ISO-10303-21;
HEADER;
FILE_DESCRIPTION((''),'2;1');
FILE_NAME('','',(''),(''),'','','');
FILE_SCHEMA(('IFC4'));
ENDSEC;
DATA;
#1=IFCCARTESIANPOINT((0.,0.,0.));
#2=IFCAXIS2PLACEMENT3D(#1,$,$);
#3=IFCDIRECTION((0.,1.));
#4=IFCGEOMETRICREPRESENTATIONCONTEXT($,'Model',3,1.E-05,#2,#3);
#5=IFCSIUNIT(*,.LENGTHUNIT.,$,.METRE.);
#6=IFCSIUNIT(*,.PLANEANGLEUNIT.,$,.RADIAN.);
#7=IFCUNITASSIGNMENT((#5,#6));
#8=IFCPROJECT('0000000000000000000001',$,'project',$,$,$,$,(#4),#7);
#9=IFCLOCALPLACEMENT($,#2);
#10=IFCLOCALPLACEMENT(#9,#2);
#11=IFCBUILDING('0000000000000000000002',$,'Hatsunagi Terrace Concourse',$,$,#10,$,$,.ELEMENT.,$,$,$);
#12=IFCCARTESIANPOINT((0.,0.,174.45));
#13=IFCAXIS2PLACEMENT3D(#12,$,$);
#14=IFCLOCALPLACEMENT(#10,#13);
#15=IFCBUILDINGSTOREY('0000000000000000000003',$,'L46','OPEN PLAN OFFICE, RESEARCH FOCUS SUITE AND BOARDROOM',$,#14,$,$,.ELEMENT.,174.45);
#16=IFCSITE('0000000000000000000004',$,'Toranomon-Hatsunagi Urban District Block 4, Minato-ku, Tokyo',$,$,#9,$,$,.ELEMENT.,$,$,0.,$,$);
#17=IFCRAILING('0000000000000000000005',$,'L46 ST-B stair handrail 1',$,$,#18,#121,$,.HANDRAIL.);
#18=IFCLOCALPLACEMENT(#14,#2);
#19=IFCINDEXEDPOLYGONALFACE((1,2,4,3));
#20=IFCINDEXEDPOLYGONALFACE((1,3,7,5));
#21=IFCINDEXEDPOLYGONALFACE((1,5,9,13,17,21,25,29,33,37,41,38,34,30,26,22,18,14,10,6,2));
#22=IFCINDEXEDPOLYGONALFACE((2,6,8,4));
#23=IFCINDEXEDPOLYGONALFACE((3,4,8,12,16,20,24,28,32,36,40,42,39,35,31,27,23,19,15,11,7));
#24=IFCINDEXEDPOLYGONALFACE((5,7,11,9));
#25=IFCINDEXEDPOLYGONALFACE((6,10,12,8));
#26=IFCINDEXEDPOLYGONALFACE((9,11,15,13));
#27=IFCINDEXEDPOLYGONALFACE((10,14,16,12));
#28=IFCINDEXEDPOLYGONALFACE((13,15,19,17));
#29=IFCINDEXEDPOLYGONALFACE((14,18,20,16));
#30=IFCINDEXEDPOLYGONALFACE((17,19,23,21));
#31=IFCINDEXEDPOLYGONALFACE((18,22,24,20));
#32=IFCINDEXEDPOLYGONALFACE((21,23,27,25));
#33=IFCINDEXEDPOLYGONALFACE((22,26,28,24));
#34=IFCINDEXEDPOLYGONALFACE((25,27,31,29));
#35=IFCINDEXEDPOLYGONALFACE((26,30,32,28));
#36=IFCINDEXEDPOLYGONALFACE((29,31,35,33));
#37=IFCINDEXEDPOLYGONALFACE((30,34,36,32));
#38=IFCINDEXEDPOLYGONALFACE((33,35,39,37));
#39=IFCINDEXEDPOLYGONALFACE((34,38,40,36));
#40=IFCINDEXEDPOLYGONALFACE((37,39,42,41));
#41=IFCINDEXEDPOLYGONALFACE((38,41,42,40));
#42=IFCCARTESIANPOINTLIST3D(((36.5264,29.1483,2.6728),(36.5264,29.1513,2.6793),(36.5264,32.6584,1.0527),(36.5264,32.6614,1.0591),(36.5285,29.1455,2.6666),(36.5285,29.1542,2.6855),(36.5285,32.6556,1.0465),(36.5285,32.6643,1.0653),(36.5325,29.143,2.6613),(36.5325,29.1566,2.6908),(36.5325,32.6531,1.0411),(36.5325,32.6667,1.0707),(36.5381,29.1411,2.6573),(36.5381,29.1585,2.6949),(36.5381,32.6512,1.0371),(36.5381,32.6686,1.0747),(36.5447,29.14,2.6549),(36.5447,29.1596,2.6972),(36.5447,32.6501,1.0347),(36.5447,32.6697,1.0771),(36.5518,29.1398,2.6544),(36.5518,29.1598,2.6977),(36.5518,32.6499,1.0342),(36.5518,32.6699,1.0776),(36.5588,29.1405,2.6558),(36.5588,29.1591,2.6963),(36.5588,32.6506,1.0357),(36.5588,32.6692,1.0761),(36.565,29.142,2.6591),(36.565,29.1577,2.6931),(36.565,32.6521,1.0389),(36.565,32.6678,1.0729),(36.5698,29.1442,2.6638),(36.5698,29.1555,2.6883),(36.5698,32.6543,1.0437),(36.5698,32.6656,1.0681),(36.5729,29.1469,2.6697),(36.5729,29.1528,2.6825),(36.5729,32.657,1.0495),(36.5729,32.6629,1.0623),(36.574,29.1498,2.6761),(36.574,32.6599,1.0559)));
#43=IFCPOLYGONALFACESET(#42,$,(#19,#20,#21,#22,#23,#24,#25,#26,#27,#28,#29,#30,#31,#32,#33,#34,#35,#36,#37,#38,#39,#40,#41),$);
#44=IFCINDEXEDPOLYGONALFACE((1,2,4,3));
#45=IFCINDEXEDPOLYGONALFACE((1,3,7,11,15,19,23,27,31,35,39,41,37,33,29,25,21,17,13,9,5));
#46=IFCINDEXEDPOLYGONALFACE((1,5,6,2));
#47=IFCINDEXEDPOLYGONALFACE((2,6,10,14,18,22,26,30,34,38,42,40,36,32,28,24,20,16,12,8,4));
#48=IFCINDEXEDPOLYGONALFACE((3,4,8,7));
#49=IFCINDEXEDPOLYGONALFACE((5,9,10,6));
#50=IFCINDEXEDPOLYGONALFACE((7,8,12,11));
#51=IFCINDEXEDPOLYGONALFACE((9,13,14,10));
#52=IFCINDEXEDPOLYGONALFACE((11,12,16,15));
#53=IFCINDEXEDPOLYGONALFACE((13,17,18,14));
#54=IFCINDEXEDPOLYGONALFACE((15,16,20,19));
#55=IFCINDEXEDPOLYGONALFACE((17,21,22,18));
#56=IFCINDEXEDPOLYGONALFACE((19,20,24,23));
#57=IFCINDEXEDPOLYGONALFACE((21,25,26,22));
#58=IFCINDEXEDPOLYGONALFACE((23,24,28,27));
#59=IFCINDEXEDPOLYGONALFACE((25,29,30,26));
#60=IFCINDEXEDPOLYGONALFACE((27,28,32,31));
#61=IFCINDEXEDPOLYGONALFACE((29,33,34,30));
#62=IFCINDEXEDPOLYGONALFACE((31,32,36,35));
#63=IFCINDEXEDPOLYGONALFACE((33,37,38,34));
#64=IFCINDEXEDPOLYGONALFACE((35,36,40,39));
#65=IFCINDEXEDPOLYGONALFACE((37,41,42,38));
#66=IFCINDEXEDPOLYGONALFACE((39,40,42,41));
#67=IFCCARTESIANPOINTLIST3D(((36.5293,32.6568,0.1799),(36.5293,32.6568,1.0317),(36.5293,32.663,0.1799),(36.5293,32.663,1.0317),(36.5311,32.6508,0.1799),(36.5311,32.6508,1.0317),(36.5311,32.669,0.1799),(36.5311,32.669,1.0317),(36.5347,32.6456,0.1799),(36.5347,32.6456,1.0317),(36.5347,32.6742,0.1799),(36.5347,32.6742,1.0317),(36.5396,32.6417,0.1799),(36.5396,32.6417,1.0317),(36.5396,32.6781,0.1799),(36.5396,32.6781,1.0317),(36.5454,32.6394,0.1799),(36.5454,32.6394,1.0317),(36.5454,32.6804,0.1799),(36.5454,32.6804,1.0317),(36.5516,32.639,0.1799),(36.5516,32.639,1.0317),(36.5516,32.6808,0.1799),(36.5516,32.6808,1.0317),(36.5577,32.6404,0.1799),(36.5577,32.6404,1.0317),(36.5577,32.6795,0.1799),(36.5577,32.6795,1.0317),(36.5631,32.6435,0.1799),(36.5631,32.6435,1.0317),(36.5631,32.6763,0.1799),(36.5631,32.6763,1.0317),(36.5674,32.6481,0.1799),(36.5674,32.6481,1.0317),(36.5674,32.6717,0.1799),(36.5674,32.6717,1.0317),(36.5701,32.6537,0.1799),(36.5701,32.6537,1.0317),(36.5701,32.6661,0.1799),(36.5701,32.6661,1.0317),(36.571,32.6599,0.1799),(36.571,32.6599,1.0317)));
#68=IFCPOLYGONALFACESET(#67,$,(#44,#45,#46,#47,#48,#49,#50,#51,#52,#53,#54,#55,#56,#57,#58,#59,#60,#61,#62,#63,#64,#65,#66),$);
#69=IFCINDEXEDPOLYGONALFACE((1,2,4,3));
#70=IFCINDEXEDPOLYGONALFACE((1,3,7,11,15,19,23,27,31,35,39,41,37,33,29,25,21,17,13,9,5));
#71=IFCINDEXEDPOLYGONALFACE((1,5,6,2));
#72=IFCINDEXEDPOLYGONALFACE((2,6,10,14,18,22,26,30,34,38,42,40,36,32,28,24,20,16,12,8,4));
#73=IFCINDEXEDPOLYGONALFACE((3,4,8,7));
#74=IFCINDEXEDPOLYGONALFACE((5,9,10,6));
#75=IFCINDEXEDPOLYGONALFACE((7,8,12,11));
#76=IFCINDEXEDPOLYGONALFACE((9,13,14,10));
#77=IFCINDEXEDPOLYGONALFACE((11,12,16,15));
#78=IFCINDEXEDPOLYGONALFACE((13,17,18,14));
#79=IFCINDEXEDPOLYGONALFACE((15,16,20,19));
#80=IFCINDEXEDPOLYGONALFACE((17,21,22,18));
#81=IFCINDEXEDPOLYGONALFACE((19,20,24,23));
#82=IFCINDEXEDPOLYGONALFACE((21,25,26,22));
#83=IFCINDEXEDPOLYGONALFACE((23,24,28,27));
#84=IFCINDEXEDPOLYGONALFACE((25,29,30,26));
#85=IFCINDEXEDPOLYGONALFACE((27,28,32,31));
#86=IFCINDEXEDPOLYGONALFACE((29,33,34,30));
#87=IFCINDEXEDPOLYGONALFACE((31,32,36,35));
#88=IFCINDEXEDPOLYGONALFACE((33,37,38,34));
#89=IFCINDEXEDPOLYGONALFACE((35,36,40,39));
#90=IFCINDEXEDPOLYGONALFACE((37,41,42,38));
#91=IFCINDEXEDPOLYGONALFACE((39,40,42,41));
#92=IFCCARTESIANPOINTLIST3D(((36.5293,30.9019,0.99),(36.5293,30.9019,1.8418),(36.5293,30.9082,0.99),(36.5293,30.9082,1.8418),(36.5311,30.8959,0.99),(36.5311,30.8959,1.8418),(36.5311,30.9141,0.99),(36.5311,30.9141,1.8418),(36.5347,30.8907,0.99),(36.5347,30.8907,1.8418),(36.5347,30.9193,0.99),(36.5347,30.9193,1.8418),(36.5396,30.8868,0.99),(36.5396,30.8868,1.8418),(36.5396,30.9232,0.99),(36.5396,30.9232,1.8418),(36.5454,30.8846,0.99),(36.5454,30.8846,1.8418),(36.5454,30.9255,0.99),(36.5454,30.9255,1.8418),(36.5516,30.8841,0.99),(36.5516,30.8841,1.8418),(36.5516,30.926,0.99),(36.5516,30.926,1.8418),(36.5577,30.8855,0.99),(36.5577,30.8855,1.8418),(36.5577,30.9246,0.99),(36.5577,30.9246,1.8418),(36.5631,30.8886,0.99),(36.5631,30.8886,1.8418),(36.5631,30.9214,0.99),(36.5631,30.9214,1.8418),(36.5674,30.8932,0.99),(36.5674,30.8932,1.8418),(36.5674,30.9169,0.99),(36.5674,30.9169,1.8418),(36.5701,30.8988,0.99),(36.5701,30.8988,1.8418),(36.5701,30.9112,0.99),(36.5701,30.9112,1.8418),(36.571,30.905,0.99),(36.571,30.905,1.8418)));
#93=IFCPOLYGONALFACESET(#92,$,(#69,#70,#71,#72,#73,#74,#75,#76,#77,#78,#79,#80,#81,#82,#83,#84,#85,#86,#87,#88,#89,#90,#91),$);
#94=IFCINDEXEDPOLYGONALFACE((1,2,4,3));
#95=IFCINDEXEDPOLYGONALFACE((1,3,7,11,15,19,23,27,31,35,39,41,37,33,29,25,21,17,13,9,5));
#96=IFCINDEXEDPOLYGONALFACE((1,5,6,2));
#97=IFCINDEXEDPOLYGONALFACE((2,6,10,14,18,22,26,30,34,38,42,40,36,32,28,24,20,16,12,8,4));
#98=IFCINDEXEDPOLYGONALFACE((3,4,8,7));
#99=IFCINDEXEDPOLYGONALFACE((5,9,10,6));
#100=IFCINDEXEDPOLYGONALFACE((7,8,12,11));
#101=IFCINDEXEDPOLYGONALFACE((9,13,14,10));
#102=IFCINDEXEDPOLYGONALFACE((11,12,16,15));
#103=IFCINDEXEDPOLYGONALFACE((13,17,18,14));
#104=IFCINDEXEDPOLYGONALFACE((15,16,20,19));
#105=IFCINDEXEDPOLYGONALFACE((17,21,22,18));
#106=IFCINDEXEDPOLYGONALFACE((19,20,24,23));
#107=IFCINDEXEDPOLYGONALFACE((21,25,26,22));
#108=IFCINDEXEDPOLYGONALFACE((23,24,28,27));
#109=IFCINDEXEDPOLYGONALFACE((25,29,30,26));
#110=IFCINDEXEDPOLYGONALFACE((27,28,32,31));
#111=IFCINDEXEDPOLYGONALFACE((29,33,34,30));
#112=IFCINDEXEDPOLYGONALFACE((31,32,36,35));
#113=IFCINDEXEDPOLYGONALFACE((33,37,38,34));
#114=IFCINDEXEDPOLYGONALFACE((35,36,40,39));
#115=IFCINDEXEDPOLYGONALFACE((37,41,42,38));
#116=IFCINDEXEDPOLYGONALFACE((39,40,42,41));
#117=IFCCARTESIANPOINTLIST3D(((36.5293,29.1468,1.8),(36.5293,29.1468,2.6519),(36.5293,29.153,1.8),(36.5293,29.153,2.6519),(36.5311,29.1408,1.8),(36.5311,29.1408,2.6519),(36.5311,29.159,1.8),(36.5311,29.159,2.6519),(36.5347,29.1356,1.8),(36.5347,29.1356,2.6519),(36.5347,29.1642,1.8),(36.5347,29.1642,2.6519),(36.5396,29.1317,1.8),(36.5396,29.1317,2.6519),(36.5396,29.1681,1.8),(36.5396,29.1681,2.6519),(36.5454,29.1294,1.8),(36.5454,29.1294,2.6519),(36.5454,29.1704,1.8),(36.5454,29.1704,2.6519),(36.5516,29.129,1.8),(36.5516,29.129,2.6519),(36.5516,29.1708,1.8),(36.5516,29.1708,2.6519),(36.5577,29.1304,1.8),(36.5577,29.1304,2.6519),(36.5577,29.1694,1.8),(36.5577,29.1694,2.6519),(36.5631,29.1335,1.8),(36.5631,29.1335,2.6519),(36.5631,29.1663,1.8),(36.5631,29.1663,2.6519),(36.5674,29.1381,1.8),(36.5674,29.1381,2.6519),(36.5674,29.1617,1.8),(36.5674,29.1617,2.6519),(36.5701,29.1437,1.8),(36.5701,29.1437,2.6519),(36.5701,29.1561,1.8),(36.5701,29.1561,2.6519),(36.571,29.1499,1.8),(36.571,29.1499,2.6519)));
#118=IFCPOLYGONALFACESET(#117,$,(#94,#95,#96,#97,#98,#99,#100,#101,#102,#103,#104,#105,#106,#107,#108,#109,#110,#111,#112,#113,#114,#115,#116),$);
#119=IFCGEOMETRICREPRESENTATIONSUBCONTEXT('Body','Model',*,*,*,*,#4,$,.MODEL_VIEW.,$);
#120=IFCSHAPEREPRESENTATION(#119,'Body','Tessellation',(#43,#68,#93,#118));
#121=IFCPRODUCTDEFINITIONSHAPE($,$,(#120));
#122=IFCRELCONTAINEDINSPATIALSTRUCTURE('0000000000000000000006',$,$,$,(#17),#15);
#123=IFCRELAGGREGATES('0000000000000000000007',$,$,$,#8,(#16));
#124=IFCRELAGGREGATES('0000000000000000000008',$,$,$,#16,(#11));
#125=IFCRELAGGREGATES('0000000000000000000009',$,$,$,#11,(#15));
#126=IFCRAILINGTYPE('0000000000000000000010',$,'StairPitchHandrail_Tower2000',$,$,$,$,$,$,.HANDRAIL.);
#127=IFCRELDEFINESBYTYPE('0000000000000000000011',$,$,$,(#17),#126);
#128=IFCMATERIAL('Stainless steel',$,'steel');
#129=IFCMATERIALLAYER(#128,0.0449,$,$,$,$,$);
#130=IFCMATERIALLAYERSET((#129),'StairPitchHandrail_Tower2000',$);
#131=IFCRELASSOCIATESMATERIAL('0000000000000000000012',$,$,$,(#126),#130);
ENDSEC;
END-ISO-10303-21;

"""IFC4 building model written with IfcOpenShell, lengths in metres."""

from ifc_helpers import new_model, si_unit, direction, frame, origin, origin_2d, place, context, subcontext, project, spatial, circle, extrude, material, layer, layer_set, type_object, element, save


model = new_model("IFC4")

# Units and contexts
model_context = context("Model", 3, precision=1e-05, world=origin(), true_north=direction((0.0, 1.0)))
body_context = subcontext(model_context, "Body", "Model", "MODEL_VIEW")
ifc_project = project(units=[si_unit("LENGTHUNIT", "METRE"), si_unit("PLANEANGLEUNIT", "RADIAN")], contexts=[model_context])

# Site, building, storey
site_placement = place(None, origin())
site = spatial("IfcSite", under=ifc_project, at=site_placement, Name="Toranomon-Hatsunagi Urban District Block 4, Minato-ku, Tokyo", CompositionType="ELEMENT", RefElevation=0.0)
building_placement = place(site_placement, origin())
building = spatial("IfcBuilding", under=site, at=building_placement, Name="Hatsunagi Terrace Concourse", CompositionType="ELEMENT")
storey_placement = place(building_placement, frame((0.0, 0.0, 174.45)))
storey = spatial("IfcBuildingStorey", under=building, at=storey_placement, Name="L46", Description="OPEN PLAN OFFICE, RESEARCH FOCUS SUITE AND BOARDROOM", CompositionType="ELEMENT", Elevation=174.45)

# Railing
ifc_material_1 = material(Name="Stainless steel", Category="steel")
ifc_layer_1 = layer(ifc_material_1, 0.0449)
ifc_layer_set_1 = layer_set([ifc_layer_1], Name="StairPitchHandrail_Tower2000")
railing_type_1 = type_object("IfcRailingType", Name="StairPitchHandrail_Tower2000", PredefinedType="HANDRAIL", material=ifc_layer_set_1)
railing_1_placement = place(storey_placement, frame((36.55, 32.6599, 0.1799)))
element("IfcRailing", 1, at=railing_1_placement, inside=storey, type_object=railing_type_1, Name="L46 ST-B stair handrail 1", PredefinedType="HANDRAIL", context=body_context, shape_type="SweptSolid", body=[
    extrude(circle(Radius=0.0239, at=origin_2d()), frame((0.0, 0.0, 0.876), z_axis=(0.0, -0.907948, 0.419082), x_axis=(1.0, 0.0, 0.0)), (0.0, 0.0, 1.0), 3.866),
    extrude(circle(Radius=0.021, at=origin_2d()), origin(), (0.0, 0.0, 1.0), 0.8518),
    extrude(circle(Radius=0.021, at=origin_2d()), frame((0.0, -1.7549, 0.8101)), (0.0, 0.0, 1.0), 0.8518),
    extrude(circle(Radius=0.021, at=origin_2d()), frame((0.0, -3.51, 1.6201)), (0.0, 0.0, 1.0), 0.8518),
])

save(model, "model.ifc")
